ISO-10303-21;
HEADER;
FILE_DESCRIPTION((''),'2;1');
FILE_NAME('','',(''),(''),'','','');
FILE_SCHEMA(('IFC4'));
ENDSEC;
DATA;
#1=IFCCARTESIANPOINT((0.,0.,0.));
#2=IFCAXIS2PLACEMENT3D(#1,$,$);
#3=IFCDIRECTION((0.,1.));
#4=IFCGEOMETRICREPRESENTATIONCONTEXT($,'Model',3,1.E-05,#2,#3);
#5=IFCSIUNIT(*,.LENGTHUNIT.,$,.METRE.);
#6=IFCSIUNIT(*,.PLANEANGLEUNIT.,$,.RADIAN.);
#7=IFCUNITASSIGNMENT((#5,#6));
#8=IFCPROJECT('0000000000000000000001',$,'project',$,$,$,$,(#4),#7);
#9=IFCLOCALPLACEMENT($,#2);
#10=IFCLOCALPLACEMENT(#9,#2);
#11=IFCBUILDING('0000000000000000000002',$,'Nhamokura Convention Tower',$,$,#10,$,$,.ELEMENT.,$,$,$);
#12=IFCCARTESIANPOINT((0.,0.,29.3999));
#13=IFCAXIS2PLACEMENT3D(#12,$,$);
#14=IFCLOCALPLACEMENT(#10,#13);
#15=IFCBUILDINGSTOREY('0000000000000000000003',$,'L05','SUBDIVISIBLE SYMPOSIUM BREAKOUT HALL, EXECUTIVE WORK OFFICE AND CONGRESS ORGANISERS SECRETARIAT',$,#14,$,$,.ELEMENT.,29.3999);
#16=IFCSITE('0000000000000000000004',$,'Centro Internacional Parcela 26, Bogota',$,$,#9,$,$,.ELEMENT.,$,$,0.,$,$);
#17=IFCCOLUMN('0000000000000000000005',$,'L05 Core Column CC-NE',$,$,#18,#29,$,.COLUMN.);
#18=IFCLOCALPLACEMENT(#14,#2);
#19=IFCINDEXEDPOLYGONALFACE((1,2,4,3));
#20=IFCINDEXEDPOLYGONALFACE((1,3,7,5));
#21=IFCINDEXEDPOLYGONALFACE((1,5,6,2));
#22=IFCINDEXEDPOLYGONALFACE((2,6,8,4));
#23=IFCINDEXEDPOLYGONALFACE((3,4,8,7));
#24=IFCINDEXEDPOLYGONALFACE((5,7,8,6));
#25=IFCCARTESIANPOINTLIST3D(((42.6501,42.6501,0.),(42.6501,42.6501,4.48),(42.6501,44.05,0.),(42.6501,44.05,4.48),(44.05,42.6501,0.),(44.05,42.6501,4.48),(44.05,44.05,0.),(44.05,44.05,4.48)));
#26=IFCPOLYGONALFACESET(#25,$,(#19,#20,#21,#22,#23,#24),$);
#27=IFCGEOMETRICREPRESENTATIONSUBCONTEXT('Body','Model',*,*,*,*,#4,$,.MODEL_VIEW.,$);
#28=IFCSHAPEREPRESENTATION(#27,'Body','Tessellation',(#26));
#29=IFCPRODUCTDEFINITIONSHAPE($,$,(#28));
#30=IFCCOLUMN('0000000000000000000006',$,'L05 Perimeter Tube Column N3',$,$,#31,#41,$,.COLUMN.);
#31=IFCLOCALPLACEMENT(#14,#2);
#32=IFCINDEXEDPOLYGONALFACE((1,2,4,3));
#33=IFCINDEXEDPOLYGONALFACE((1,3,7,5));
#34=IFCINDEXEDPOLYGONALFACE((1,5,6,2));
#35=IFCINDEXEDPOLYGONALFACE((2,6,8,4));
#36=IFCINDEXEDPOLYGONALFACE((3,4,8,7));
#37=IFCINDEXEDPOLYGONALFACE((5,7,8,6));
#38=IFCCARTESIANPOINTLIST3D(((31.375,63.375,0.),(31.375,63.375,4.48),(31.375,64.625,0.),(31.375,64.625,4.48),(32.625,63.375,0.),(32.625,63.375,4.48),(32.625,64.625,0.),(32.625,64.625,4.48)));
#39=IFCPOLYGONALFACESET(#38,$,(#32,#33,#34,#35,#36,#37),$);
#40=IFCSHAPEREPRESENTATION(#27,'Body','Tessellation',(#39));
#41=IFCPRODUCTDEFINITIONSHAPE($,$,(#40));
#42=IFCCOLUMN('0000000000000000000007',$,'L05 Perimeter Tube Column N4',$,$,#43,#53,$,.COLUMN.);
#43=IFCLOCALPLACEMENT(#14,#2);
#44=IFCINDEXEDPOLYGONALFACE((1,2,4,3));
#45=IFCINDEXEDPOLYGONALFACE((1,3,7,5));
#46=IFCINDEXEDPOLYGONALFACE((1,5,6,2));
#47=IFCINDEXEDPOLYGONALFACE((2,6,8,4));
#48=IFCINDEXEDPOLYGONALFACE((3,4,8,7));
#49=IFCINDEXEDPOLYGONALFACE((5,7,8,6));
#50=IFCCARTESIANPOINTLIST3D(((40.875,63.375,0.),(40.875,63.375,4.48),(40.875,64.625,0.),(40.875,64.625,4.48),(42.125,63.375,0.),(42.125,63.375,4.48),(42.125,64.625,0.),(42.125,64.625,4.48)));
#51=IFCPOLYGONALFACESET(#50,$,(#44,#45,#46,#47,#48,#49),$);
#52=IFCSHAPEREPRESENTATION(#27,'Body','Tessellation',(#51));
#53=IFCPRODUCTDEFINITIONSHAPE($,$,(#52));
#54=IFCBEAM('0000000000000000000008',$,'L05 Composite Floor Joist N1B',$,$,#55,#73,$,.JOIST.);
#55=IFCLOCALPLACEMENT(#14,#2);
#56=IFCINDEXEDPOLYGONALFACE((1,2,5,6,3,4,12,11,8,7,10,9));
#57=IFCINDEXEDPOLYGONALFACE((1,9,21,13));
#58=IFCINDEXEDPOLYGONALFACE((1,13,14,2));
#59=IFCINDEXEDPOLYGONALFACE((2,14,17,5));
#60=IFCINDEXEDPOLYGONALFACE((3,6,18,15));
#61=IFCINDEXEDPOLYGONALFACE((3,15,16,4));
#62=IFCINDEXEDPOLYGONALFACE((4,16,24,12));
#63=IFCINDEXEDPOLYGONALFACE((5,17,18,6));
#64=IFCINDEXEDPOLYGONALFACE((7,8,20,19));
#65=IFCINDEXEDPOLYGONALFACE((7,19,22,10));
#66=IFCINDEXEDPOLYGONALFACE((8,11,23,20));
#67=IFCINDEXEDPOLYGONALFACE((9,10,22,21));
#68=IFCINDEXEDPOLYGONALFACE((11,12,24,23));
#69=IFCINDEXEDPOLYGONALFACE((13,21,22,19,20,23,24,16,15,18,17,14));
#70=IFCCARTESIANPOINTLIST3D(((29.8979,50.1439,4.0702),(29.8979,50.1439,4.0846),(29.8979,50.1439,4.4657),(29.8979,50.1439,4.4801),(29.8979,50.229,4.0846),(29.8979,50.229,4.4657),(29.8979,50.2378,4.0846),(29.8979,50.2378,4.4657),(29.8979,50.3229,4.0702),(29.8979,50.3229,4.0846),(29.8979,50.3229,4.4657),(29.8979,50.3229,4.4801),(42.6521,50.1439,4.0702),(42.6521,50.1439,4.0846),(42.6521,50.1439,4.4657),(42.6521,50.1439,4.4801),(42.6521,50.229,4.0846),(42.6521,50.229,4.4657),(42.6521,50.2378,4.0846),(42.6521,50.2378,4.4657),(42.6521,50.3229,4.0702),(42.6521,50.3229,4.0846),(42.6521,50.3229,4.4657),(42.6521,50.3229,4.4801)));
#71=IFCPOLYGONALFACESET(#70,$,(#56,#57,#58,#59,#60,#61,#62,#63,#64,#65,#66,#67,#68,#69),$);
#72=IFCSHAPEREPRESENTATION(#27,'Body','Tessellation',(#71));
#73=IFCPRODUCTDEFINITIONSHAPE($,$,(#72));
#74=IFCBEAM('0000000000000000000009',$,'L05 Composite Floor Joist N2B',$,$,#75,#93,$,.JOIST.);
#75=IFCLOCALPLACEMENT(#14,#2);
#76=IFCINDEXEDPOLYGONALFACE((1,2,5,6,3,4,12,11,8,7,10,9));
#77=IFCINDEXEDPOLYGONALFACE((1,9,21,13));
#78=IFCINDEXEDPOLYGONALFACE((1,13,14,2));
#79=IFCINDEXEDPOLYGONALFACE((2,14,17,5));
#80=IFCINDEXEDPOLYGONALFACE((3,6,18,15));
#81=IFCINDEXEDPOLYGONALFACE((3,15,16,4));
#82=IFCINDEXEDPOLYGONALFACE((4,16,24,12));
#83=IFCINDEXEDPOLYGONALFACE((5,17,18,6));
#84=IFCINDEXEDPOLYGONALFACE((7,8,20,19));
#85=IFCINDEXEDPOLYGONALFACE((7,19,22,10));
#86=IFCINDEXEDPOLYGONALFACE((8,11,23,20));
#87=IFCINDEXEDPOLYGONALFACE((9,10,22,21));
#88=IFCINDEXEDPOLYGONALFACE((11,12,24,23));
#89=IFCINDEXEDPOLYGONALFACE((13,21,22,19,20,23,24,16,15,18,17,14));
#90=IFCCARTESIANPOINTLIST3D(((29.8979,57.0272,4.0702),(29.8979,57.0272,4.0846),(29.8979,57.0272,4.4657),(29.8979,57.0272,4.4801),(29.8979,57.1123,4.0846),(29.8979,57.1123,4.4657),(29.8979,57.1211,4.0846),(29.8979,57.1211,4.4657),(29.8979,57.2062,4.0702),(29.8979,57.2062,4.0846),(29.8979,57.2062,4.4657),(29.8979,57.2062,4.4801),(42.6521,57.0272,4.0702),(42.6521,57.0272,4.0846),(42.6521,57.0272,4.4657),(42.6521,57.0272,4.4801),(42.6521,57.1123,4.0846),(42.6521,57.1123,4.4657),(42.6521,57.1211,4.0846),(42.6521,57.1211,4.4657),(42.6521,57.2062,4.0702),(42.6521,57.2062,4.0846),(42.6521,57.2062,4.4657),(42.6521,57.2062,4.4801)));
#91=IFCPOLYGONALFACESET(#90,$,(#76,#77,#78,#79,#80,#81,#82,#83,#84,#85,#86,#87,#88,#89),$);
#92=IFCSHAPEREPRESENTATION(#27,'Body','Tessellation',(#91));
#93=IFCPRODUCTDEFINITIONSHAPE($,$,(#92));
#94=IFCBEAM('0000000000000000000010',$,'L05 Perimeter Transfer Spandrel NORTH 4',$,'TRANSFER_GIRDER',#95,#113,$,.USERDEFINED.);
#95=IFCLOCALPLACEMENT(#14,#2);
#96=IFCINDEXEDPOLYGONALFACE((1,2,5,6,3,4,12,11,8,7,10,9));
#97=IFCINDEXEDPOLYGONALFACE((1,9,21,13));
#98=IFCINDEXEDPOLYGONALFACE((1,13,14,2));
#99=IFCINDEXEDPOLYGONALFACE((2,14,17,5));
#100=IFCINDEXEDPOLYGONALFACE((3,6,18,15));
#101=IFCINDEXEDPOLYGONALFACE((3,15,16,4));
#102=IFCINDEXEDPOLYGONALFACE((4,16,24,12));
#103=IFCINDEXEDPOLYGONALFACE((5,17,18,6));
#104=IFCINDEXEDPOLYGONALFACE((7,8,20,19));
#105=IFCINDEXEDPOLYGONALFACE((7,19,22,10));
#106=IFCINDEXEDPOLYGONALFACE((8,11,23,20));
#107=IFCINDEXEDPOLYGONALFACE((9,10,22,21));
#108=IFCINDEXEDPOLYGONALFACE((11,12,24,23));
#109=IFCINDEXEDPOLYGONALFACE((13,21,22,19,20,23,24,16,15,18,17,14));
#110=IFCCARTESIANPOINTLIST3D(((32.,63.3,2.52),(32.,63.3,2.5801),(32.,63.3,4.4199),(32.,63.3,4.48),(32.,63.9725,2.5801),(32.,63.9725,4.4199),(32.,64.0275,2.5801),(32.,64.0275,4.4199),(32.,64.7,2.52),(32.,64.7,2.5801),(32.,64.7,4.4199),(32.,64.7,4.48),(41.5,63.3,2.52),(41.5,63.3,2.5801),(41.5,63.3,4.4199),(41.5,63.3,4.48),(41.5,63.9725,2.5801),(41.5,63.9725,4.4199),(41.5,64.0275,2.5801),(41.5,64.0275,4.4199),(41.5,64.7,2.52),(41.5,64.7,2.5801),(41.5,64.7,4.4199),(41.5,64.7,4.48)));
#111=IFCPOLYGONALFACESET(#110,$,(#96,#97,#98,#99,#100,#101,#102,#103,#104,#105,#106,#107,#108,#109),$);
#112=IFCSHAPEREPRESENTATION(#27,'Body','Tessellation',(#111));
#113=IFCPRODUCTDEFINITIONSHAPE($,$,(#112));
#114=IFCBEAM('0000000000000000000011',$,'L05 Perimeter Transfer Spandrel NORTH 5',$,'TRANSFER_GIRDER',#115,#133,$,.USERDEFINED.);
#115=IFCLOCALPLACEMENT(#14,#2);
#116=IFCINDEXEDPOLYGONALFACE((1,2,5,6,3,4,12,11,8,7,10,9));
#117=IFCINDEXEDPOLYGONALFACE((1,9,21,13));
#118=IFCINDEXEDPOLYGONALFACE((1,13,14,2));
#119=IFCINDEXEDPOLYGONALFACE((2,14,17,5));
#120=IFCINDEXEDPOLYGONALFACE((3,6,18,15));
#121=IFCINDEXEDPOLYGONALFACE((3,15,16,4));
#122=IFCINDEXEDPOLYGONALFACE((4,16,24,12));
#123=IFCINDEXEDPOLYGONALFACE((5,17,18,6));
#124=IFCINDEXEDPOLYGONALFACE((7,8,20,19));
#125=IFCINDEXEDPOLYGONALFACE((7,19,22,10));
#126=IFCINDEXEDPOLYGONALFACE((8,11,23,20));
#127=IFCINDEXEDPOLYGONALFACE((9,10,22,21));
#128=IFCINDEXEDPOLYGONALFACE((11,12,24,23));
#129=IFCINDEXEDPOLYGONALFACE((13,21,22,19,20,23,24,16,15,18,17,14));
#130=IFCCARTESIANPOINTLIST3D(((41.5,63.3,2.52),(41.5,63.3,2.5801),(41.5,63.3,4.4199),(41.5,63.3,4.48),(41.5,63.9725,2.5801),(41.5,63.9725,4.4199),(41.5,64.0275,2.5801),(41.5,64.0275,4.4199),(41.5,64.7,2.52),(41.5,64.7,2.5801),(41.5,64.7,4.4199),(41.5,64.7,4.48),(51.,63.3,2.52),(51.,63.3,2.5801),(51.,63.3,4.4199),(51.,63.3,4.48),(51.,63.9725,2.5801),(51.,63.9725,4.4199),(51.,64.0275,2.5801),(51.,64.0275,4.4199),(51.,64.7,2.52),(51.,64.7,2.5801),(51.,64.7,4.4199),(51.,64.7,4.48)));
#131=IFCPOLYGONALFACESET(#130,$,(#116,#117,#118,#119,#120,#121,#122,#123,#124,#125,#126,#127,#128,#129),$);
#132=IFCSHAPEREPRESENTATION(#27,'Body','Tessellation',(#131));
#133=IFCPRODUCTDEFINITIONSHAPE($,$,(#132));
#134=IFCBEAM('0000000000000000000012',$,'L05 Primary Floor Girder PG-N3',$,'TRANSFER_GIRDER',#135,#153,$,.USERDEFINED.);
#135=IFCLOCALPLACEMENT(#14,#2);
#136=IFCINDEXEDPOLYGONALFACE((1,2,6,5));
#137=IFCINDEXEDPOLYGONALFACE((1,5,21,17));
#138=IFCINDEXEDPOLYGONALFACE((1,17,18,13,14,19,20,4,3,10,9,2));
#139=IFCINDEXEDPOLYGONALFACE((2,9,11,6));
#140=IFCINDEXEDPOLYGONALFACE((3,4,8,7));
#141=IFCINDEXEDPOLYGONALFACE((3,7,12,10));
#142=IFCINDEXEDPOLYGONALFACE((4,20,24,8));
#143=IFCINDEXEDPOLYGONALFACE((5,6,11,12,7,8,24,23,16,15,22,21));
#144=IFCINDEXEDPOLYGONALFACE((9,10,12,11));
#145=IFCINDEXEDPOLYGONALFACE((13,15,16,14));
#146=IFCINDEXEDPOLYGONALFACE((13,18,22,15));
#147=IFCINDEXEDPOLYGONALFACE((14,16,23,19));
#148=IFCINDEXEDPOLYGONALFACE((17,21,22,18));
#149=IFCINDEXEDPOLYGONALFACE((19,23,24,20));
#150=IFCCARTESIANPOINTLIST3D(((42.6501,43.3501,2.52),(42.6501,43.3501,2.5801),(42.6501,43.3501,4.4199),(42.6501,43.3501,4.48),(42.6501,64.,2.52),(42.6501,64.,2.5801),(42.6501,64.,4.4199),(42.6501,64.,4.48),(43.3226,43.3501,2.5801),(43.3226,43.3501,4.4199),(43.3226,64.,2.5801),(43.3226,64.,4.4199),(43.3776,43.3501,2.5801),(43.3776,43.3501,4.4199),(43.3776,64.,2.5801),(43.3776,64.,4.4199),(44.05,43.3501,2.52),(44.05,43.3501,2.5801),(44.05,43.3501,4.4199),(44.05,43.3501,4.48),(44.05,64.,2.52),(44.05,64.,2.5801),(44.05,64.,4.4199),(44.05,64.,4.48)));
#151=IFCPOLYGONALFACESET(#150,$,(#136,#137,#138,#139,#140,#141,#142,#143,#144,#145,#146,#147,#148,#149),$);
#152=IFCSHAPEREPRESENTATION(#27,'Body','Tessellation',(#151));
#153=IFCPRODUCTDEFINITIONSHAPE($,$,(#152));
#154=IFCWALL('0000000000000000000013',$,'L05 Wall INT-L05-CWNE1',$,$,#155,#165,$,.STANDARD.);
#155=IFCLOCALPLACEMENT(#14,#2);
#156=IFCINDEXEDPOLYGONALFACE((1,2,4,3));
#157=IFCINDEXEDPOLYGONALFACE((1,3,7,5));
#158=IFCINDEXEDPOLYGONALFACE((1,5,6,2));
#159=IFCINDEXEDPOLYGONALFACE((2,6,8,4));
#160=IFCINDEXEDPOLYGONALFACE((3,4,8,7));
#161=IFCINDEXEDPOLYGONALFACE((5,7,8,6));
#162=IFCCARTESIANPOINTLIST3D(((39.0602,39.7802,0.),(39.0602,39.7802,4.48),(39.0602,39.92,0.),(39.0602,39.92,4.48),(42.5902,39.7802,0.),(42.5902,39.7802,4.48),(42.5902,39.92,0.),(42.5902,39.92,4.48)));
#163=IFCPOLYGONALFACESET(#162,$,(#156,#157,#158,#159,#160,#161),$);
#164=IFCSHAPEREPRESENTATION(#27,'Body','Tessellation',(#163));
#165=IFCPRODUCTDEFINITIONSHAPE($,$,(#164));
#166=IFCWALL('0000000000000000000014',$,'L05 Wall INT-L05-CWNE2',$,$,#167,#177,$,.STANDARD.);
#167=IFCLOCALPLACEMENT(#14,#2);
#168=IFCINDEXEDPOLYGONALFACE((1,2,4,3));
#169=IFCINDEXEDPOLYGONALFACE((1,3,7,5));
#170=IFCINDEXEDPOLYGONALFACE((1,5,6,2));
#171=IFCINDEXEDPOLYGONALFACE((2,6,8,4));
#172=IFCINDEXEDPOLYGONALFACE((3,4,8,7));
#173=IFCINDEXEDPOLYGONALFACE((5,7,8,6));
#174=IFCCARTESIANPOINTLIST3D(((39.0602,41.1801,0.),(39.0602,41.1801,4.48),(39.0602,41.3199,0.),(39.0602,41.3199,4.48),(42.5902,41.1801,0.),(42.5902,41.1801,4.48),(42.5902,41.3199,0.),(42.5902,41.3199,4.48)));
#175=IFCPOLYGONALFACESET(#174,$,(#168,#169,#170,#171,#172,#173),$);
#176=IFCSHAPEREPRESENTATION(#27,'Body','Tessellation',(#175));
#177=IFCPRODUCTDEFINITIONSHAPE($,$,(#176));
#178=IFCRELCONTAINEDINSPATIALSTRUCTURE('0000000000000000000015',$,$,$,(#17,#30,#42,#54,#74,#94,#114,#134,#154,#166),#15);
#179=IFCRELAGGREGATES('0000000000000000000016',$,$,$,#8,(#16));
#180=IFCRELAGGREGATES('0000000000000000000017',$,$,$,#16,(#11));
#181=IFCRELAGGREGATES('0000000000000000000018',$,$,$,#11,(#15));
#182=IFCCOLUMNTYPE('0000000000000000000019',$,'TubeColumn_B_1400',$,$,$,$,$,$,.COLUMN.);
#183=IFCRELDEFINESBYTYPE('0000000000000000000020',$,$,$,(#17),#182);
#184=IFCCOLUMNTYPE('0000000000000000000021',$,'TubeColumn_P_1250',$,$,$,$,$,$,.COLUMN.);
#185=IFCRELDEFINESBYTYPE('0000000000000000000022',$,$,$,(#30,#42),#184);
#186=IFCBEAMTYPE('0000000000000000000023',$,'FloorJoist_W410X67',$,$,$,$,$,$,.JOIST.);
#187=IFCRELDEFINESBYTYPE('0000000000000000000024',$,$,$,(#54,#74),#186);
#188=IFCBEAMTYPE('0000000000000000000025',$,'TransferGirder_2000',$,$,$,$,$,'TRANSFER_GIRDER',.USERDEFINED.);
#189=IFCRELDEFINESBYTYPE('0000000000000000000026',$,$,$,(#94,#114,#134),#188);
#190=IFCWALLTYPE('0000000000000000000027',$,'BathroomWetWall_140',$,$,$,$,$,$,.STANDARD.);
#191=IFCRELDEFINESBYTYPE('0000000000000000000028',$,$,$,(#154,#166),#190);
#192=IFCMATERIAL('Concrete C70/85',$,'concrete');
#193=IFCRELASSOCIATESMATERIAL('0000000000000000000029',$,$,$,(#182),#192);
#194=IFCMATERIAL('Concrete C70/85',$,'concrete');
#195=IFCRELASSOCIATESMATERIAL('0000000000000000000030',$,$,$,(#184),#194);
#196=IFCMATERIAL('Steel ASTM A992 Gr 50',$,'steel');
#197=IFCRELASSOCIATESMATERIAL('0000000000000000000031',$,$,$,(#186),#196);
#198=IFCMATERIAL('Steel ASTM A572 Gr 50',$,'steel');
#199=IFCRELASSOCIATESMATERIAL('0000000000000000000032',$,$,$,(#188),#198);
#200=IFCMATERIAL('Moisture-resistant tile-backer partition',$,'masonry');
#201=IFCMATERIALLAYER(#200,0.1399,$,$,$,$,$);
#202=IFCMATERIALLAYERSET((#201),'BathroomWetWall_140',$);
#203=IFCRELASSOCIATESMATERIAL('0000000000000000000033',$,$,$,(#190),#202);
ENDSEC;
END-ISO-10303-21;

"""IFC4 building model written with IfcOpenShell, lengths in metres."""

from ifc_helpers import new_model, si_unit, direction, frame, frame_2d, origin, origin_2d, place, context, subcontext, project, spatial, rectangle, i_section, extrude, material, layer, layer_set, material_profile, profile_set, type_object, element, save


model = new_model("IFC4")

# Units and contexts
model_context = context("Model", 3, precision=1e-05, world=origin(), true_north=direction((0.0, 1.0)))
body_context = subcontext(model_context, "Body", "Model", "MODEL_VIEW")
ifc_project = project(units=[si_unit("LENGTHUNIT", "METRE"), si_unit("PLANEANGLEUNIT", "RADIAN")], contexts=[model_context])

# Site, building, storey
site_placement = place(None, origin())
site = spatial("IfcSite", under=ifc_project, at=site_placement, Name="Centro Internacional Parcela 26, Bogota", CompositionType="ELEMENT", RefElevation=0.0)
building_placement = place(site_placement, origin())
building = spatial("IfcBuilding", under=site, at=building_placement, Name="Nhamokura Convention Tower", CompositionType="ELEMENT")
storey_placement = place(building_placement, frame((0.0, 0.0, 29.3999)))
storey = spatial("IfcBuildingStorey", under=building, at=storey_placement, Name="L05", Description="SUBDIVISIBLE SYMPOSIUM BREAKOUT HALL, EXECUTIVE WORK OFFICE AND CONGRESS ORGANISERS SECRETARIAT", CompositionType="ELEMENT", Elevation=29.3999)

# Columns
ifc_material_1 = material(Name="Concrete C70/85", Category="concrete")
ifc_material_profile_1 = material_profile(ifc_material_1, rectangle(XDim=1.3999, YDim=1.3999, at=origin_2d()))
ifc_profile_set_1 = profile_set([ifc_material_profile_1], Name="Concrete C70/85")
column_type_1 = type_object("IfcColumnType", Name="TubeColumn_B_1400", PredefinedType="COLUMN", material=ifc_profile_set_1)
column_placement = place(storey_placement, frame((43.3501, 43.3501, 0.0), z_axis=(0.0, 0.0, 1.0), x_axis=(1.0, 0.0, 0.0)))
element("IfcColumn", 1, at=column_placement, inside=storey, type_object=column_type_1, Name="L05 Core Column CC-NE", PredefinedType="COLUMN", context=body_context, shape_type="SweptSolid", body=[
    extrude(rectangle(XDim=1.3999, YDim=1.3999, at=origin_2d()), origin(), (0.0, 0.0, 1.0), 4.48),
])
ifc_material_2 = material(Name="Concrete C70/85", Category="concrete")
ifc_material_profile_2 = material_profile(ifc_material_2, rectangle(XDim=1.25, YDim=1.25, at=origin_2d()))
ifc_profile_set_2 = profile_set([ifc_material_profile_2], Name="Concrete C70/85")
column_type_2 = type_object("IfcColumnType", Name="TubeColumn_P_1250", PredefinedType="COLUMN", material=ifc_profile_set_2)
for number, where, z_axis, x_axis, name in (
    (2, (32.0, 64.0, 0.0), (0.0, 0.0, 1.0), (1.0, 0.0, 0.0), "L05 Perimeter Tube Column N3"),
    (3, (41.5, 64.0, 0.0), (0.0, 0.0, 1.0), (1.0, 0.0, 0.0), "L05 Perimeter Tube Column N4"),
):
    element("IfcColumn", number, at=place(storey_placement, frame(where, z_axis=z_axis, x_axis=x_axis)), inside=storey, type_object=column_type_2, Name=name, PredefinedType="COLUMN", context=body_context, shape_type="SweptSolid", body=[
        extrude(rectangle(XDim=1.25, YDim=1.25, at=origin_2d()), origin(), (0.0, 0.0, 1.0), 4.48),
    ])

# Beams
ifc_material_3 = material(Name="Steel ASTM A992 Gr 50", Category="steel")
ifc_material_profile_3 = material_profile(ifc_material_3, i_section(OverallWidth=0.179, OverallDepth=0.4099, WebThickness=0.0088, FlangeThickness=0.0144, at=origin_2d()))
ifc_profile_set_3 = profile_set([ifc_material_profile_3], Name="Steel ASTM A992 Gr 50")
beam_type_1 = type_object("IfcBeamType", Name="FloorJoist_W410X67", PredefinedType="JOIST", material=ifc_profile_set_3)
for number, where, z_axis, x_axis, name in (
    (4, (29.8979, 50.2334, 4.2751), (1.0, 0.0, 0.0), (0.0, 1.0, 0.0), "L05 Composite Floor Joist N1B"),
    (5, (29.8979, 57.1167, 4.2751), (1.0, 0.0, 0.0), (0.0, 1.0, 0.0), "L05 Composite Floor Joist N2B"),
):
    element("IfcBeam", number, at=place(storey_placement, frame(where, z_axis=z_axis, x_axis=x_axis)), inside=storey, type_object=beam_type_1, Name=name, PredefinedType="JOIST", context=body_context, shape_type="SweptSolid", body=[
        extrude(i_section(OverallWidth=0.179, OverallDepth=0.4099, WebThickness=0.0088, FlangeThickness=0.0144, at=origin_2d()), origin(), (0.0, 0.0, 1.0), 12.7542),
    ])
ifc_material_4 = material(Name="Steel ASTM A572 Gr 50", Category="steel")
ifc_material_profile_4 = material_profile(ifc_material_4, i_section(OverallWidth=1.3999, OverallDepth=1.96, WebThickness=0.0549, FlangeThickness=0.0601, at=origin_2d()))
ifc_profile_set_4 = profile_set([ifc_material_profile_4], Name="Steel ASTM A572 Gr 50")
beam_type_2 = type_object("IfcBeamType", Name="TransferGirder_2000", ElementType="TRANSFER_GIRDER", PredefinedType="USERDEFINED", material=ifc_profile_set_4)
for number, where, z_axis, x_axis, name in (
    (6, (32.0, 64.0, 3.5), (1.0, 0.0, 0.0), (0.0, 1.0, 0.0), "L05 Perimeter Transfer Spandrel NORTH 4"),
    (7, (41.5, 64.0, 3.5), (1.0, 0.0, 0.0), (0.0, 1.0, 0.0), "L05 Perimeter Transfer Spandrel NORTH 5"),
):
    element("IfcBeam", number, at=place(storey_placement, frame(where, z_axis=z_axis, x_axis=x_axis)), inside=storey, type_object=beam_type_2, Name=name, ObjectType="TRANSFER_GIRDER", PredefinedType="USERDEFINED", context=body_context, shape_type="SweptSolid", body=[
        extrude(i_section(OverallWidth=1.3999, OverallDepth=1.96, WebThickness=0.0549, FlangeThickness=0.0601, at=origin_2d()), origin(), (0.0, 0.0, 1.0), 9.5),
    ])
beam_placement = place(storey_placement, frame((43.3501, 43.3501, 3.5), z_axis=(0.0, 1.0, 0.0), x_axis=(-1.0, 0.0, 0.0)))
element("IfcBeam", 8, at=beam_placement, inside=storey, type_object=beam_type_2, Name="L05 Primary Floor Girder PG-N3", ObjectType="TRANSFER_GIRDER", PredefinedType="USERDEFINED", context=body_context, shape_type="SweptSolid", body=[
    extrude(i_section(OverallWidth=1.3999, OverallDepth=1.96, WebThickness=0.0549, FlangeThickness=0.0601, at=origin_2d()), origin(), (0.0, 0.0, 1.0), 20.6499),
])

# Walls
ifc_material_5 = material(Name="Moisture-resistant tile-backer partition", Category="masonry")
ifc_layer_1 = layer(ifc_material_5, 0.1399)
ifc_layer_set_1 = layer_set([ifc_layer_1], Name="BathroomWetWall_140")
wall_type_1 = type_object("IfcWallType", Name="BathroomWetWall_140", PredefinedType="STANDARD", material=ifc_layer_set_1)
for number, where, z_axis, x_axis, name in (
    (9, (39.0601, 39.8501, 0.0), (0.0, 0.0, 1.0), (1.0, 0.0, 0.0), "L05 Wall INT-L05-CWNE1"),
    (10, (39.0601, 41.25, 0.0), (0.0, 0.0, 1.0), (1.0, 0.0, 0.0), "L05 Wall INT-L05-CWNE2"),
):
    element("IfcWall", number, at=place(storey_placement, frame(where, z_axis=z_axis, x_axis=x_axis)), inside=storey, type_object=wall_type_1, Name=name, PredefinedType="STANDARD", context=body_context, shape_type="SweptSolid", body=[
        extrude(rectangle(XDim=3.53, YDim=0.1399, at=frame_2d((1.7651, 0.0))), origin(), (0.0, 0.0, 1.0), 4.48),
    ])

save(model, "model.ifc")
